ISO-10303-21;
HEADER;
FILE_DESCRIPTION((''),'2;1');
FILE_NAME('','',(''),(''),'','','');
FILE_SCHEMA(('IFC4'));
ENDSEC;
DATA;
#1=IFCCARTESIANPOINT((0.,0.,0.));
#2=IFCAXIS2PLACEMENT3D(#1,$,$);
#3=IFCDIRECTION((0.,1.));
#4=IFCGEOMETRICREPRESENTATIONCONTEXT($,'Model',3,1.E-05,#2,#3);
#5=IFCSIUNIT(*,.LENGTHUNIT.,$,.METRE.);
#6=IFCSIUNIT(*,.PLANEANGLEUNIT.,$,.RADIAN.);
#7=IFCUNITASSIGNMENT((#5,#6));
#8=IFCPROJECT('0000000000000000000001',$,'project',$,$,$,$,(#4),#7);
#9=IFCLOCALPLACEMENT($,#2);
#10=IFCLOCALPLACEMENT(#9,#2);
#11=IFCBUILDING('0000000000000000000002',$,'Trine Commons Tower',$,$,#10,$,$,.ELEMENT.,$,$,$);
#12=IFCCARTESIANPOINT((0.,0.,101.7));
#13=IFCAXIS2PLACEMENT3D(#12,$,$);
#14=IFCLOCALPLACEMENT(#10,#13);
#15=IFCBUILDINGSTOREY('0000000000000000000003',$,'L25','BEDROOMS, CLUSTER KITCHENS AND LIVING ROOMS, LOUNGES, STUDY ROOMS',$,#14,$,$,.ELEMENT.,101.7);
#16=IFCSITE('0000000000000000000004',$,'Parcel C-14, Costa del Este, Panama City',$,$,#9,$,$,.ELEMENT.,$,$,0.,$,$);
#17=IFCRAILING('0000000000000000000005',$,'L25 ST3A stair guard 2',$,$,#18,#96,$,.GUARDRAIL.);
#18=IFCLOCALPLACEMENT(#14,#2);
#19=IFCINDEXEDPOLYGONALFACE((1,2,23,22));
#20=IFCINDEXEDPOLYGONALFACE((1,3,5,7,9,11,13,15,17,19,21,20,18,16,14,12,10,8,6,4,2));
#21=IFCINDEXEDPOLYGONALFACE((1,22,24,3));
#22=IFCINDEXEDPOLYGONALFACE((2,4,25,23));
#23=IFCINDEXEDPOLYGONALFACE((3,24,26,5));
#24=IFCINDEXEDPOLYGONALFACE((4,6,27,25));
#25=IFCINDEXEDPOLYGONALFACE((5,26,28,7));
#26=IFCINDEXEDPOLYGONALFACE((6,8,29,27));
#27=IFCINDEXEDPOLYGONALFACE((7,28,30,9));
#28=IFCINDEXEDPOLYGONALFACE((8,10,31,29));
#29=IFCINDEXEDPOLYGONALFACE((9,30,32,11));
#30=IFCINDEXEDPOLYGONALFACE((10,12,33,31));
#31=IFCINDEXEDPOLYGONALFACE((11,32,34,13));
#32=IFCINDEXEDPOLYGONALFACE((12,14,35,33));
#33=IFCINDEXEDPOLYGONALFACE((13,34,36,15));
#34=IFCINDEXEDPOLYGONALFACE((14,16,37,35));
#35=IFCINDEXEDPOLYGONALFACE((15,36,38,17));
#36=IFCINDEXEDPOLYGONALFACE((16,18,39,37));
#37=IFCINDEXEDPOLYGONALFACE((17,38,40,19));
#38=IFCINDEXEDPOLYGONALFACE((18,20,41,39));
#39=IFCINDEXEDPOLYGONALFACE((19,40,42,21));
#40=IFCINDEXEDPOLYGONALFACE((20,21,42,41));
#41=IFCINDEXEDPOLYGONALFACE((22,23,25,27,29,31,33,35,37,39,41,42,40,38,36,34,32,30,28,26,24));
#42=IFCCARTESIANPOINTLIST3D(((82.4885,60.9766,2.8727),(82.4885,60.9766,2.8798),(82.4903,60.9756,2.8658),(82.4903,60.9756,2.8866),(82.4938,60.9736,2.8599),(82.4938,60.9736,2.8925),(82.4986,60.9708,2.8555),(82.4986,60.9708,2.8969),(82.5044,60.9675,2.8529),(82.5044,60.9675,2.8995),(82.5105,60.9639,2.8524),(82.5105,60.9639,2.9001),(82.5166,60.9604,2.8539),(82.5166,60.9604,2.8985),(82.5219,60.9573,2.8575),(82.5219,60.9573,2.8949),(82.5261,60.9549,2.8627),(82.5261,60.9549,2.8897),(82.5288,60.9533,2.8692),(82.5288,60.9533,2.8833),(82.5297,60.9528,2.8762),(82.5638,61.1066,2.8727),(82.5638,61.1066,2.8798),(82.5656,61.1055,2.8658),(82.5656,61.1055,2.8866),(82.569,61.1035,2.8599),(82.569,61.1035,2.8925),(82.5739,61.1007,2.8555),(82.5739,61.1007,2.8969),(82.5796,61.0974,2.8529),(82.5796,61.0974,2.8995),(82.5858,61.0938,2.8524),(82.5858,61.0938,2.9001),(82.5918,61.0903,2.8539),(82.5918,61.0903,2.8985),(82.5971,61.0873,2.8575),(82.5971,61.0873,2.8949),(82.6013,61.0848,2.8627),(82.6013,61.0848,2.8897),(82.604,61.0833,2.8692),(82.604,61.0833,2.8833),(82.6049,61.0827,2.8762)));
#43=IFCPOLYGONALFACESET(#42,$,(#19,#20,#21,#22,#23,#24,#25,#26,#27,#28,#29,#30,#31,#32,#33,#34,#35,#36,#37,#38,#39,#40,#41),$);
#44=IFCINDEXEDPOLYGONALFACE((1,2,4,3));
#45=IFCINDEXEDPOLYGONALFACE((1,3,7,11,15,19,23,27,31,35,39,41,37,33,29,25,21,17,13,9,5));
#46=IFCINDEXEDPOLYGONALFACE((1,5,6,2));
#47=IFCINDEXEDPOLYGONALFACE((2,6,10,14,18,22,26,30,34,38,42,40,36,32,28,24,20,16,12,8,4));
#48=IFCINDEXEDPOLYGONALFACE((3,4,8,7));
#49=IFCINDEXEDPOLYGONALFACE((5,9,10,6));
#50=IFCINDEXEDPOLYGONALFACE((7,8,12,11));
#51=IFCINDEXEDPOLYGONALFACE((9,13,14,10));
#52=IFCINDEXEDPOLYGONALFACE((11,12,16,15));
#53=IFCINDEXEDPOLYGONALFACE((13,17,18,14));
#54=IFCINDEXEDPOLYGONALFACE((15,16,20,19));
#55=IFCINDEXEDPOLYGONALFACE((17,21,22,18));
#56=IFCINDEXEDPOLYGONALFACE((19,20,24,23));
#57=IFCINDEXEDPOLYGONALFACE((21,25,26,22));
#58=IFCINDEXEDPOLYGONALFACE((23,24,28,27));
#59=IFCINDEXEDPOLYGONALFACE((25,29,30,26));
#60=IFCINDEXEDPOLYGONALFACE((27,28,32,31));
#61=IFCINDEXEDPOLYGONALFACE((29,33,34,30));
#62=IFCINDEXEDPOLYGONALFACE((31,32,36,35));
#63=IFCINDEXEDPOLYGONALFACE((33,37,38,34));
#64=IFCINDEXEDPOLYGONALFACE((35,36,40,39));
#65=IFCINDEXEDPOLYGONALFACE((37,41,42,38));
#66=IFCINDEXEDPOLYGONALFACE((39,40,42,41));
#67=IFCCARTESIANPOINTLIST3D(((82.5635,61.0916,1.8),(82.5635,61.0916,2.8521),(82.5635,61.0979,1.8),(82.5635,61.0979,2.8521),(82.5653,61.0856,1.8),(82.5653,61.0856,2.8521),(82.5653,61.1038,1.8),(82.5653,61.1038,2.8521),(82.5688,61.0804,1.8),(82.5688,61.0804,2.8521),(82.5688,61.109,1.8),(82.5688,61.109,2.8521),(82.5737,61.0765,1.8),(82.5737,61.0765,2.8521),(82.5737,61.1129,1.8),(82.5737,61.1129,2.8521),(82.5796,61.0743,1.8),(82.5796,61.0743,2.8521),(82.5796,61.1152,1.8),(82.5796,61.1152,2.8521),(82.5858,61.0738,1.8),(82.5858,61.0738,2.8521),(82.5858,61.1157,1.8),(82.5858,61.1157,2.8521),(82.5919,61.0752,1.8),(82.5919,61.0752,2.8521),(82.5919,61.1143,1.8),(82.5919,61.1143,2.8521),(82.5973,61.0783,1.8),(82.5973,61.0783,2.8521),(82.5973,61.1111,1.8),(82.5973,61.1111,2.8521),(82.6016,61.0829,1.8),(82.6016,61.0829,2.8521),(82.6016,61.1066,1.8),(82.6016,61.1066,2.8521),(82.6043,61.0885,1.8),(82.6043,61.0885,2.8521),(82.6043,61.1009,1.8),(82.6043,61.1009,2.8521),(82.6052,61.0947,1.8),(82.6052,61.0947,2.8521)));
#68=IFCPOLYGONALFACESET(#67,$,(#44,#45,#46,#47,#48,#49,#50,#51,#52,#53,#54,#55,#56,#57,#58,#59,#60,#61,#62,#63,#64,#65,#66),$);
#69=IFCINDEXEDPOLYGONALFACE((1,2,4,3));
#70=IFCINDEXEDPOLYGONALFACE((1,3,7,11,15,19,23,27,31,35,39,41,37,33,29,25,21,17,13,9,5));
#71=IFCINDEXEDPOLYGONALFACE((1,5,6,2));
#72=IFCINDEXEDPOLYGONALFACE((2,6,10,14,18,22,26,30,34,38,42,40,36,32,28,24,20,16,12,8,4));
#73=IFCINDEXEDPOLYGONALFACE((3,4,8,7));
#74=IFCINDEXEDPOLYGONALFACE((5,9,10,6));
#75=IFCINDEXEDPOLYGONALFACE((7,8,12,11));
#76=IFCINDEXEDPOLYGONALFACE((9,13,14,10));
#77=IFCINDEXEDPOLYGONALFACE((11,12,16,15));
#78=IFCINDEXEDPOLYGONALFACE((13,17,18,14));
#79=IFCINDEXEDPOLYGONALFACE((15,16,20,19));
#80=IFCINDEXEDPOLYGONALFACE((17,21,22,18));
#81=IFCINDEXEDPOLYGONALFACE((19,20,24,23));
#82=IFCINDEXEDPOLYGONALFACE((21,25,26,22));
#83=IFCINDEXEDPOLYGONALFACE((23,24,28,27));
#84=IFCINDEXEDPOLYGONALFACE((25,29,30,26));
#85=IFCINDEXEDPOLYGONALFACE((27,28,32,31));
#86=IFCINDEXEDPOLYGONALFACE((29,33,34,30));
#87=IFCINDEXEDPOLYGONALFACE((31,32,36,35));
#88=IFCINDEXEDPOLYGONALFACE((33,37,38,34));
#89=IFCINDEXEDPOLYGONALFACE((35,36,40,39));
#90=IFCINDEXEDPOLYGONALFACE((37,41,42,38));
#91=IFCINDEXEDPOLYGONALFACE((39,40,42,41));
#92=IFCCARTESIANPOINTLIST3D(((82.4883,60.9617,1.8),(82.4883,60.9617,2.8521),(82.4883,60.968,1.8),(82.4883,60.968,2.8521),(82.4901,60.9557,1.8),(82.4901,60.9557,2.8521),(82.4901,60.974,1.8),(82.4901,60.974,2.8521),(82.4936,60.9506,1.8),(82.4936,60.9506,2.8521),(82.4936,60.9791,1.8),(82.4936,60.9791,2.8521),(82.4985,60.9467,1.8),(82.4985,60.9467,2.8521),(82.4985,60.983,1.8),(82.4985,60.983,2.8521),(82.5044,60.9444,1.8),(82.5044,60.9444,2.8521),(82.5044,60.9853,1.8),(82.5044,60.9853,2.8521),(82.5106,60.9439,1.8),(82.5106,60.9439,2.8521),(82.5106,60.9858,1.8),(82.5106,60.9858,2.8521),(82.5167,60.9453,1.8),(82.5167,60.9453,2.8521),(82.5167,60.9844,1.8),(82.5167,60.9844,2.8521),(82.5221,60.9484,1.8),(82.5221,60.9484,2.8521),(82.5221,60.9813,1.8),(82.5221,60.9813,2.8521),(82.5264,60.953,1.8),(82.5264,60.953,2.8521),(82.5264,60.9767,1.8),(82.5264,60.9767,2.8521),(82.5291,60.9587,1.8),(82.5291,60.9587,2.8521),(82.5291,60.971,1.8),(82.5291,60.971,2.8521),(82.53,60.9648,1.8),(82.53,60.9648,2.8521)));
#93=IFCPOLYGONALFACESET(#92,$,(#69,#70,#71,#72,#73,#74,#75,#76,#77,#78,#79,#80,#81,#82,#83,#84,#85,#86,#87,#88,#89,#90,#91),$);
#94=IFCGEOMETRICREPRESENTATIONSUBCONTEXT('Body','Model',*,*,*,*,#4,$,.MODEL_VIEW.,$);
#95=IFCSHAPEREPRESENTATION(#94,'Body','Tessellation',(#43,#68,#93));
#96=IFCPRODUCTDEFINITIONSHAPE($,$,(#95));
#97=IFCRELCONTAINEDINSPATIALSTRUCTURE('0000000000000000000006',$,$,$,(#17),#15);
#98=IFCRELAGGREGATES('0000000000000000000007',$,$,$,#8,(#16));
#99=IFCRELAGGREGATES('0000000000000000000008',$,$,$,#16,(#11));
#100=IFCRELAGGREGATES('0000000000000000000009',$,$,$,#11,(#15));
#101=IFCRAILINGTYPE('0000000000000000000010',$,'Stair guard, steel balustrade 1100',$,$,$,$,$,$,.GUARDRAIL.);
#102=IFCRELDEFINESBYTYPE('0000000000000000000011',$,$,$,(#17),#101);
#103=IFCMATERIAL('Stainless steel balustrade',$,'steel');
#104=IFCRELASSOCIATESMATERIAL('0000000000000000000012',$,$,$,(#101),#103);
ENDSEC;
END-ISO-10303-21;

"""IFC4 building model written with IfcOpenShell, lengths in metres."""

from ifc_helpers import new_model, si_unit, direction, frame, origin, origin_2d, place, context, subcontext, project, spatial, circle, extrude, material, type_object, element, save


model = new_model("IFC4")

# Units and contexts
model_context = context("Model", 3, precision=1e-05, world=origin(), true_north=direction((0.0, 1.0)))
body_context = subcontext(model_context, "Body", "Model", "MODEL_VIEW")
ifc_project = project(units=[si_unit("LENGTHUNIT", "METRE"), si_unit("PLANEANGLEUNIT", "RADIAN")], contexts=[model_context])

# Site, building, storey
site_placement = place(None, origin())
site = spatial("IfcSite", under=ifc_project, at=site_placement, Name="Parcel C-14, Costa del Este, Panama City", CompositionType="ELEMENT", RefElevation=0.0)
building_placement = place(site_placement, origin())
building = spatial("IfcBuilding", under=site, at=building_placement, Name="Trine Commons Tower", CompositionType="ELEMENT")
storey_placement = place(building_placement, frame((0.0, 0.0, 101.7)))
storey = spatial("IfcBuildingStorey", under=building, at=storey_placement, Name="L25", Description="BEDROOMS, CLUSTER KITCHENS AND LIVING ROOMS, LOUNGES, STUDY ROOMS", CompositionType="ELEMENT", Elevation=101.7)

# Railing
ifc_material_1 = material(Name="Stainless steel balustrade", Category="steel")
railing_type_1 = type_object("IfcRailingType", Name="Stair guard, steel balustrade 1100", PredefinedType="GUARDRAIL", material=ifc_material_1)
railing_1_placement = place(storey_placement, frame((82.5842, 61.0947, 1.8)))
element("IfcRailing", 1, at=railing_1_placement, inside=storey, type_object=railing_type_1, Name="L25 ST3A stair guard 2", PredefinedType="GUARDRAIL", context=body_context, shape_type="SweptSolid", body=[
    extrude(circle(Radius=0.0239, at=origin_2d()), frame((0.0, 0.0, 1.0762), z_axis=(-0.501036, -0.865426, 0.0), x_axis=(0.865426, -0.501036, 0.0)), (0.0, 0.0, 1.0), 0.1501),
    extrude(circle(Radius=0.021, at=origin_2d()), origin(), (0.0, 0.0, 1.0), 1.052),
    extrude(circle(Radius=0.021, at=origin_2d()), frame((-0.0752, -0.1299, 0.0)), (0.0, 0.0, 1.0), 1.052),
])

save(model, "model.ifc")
